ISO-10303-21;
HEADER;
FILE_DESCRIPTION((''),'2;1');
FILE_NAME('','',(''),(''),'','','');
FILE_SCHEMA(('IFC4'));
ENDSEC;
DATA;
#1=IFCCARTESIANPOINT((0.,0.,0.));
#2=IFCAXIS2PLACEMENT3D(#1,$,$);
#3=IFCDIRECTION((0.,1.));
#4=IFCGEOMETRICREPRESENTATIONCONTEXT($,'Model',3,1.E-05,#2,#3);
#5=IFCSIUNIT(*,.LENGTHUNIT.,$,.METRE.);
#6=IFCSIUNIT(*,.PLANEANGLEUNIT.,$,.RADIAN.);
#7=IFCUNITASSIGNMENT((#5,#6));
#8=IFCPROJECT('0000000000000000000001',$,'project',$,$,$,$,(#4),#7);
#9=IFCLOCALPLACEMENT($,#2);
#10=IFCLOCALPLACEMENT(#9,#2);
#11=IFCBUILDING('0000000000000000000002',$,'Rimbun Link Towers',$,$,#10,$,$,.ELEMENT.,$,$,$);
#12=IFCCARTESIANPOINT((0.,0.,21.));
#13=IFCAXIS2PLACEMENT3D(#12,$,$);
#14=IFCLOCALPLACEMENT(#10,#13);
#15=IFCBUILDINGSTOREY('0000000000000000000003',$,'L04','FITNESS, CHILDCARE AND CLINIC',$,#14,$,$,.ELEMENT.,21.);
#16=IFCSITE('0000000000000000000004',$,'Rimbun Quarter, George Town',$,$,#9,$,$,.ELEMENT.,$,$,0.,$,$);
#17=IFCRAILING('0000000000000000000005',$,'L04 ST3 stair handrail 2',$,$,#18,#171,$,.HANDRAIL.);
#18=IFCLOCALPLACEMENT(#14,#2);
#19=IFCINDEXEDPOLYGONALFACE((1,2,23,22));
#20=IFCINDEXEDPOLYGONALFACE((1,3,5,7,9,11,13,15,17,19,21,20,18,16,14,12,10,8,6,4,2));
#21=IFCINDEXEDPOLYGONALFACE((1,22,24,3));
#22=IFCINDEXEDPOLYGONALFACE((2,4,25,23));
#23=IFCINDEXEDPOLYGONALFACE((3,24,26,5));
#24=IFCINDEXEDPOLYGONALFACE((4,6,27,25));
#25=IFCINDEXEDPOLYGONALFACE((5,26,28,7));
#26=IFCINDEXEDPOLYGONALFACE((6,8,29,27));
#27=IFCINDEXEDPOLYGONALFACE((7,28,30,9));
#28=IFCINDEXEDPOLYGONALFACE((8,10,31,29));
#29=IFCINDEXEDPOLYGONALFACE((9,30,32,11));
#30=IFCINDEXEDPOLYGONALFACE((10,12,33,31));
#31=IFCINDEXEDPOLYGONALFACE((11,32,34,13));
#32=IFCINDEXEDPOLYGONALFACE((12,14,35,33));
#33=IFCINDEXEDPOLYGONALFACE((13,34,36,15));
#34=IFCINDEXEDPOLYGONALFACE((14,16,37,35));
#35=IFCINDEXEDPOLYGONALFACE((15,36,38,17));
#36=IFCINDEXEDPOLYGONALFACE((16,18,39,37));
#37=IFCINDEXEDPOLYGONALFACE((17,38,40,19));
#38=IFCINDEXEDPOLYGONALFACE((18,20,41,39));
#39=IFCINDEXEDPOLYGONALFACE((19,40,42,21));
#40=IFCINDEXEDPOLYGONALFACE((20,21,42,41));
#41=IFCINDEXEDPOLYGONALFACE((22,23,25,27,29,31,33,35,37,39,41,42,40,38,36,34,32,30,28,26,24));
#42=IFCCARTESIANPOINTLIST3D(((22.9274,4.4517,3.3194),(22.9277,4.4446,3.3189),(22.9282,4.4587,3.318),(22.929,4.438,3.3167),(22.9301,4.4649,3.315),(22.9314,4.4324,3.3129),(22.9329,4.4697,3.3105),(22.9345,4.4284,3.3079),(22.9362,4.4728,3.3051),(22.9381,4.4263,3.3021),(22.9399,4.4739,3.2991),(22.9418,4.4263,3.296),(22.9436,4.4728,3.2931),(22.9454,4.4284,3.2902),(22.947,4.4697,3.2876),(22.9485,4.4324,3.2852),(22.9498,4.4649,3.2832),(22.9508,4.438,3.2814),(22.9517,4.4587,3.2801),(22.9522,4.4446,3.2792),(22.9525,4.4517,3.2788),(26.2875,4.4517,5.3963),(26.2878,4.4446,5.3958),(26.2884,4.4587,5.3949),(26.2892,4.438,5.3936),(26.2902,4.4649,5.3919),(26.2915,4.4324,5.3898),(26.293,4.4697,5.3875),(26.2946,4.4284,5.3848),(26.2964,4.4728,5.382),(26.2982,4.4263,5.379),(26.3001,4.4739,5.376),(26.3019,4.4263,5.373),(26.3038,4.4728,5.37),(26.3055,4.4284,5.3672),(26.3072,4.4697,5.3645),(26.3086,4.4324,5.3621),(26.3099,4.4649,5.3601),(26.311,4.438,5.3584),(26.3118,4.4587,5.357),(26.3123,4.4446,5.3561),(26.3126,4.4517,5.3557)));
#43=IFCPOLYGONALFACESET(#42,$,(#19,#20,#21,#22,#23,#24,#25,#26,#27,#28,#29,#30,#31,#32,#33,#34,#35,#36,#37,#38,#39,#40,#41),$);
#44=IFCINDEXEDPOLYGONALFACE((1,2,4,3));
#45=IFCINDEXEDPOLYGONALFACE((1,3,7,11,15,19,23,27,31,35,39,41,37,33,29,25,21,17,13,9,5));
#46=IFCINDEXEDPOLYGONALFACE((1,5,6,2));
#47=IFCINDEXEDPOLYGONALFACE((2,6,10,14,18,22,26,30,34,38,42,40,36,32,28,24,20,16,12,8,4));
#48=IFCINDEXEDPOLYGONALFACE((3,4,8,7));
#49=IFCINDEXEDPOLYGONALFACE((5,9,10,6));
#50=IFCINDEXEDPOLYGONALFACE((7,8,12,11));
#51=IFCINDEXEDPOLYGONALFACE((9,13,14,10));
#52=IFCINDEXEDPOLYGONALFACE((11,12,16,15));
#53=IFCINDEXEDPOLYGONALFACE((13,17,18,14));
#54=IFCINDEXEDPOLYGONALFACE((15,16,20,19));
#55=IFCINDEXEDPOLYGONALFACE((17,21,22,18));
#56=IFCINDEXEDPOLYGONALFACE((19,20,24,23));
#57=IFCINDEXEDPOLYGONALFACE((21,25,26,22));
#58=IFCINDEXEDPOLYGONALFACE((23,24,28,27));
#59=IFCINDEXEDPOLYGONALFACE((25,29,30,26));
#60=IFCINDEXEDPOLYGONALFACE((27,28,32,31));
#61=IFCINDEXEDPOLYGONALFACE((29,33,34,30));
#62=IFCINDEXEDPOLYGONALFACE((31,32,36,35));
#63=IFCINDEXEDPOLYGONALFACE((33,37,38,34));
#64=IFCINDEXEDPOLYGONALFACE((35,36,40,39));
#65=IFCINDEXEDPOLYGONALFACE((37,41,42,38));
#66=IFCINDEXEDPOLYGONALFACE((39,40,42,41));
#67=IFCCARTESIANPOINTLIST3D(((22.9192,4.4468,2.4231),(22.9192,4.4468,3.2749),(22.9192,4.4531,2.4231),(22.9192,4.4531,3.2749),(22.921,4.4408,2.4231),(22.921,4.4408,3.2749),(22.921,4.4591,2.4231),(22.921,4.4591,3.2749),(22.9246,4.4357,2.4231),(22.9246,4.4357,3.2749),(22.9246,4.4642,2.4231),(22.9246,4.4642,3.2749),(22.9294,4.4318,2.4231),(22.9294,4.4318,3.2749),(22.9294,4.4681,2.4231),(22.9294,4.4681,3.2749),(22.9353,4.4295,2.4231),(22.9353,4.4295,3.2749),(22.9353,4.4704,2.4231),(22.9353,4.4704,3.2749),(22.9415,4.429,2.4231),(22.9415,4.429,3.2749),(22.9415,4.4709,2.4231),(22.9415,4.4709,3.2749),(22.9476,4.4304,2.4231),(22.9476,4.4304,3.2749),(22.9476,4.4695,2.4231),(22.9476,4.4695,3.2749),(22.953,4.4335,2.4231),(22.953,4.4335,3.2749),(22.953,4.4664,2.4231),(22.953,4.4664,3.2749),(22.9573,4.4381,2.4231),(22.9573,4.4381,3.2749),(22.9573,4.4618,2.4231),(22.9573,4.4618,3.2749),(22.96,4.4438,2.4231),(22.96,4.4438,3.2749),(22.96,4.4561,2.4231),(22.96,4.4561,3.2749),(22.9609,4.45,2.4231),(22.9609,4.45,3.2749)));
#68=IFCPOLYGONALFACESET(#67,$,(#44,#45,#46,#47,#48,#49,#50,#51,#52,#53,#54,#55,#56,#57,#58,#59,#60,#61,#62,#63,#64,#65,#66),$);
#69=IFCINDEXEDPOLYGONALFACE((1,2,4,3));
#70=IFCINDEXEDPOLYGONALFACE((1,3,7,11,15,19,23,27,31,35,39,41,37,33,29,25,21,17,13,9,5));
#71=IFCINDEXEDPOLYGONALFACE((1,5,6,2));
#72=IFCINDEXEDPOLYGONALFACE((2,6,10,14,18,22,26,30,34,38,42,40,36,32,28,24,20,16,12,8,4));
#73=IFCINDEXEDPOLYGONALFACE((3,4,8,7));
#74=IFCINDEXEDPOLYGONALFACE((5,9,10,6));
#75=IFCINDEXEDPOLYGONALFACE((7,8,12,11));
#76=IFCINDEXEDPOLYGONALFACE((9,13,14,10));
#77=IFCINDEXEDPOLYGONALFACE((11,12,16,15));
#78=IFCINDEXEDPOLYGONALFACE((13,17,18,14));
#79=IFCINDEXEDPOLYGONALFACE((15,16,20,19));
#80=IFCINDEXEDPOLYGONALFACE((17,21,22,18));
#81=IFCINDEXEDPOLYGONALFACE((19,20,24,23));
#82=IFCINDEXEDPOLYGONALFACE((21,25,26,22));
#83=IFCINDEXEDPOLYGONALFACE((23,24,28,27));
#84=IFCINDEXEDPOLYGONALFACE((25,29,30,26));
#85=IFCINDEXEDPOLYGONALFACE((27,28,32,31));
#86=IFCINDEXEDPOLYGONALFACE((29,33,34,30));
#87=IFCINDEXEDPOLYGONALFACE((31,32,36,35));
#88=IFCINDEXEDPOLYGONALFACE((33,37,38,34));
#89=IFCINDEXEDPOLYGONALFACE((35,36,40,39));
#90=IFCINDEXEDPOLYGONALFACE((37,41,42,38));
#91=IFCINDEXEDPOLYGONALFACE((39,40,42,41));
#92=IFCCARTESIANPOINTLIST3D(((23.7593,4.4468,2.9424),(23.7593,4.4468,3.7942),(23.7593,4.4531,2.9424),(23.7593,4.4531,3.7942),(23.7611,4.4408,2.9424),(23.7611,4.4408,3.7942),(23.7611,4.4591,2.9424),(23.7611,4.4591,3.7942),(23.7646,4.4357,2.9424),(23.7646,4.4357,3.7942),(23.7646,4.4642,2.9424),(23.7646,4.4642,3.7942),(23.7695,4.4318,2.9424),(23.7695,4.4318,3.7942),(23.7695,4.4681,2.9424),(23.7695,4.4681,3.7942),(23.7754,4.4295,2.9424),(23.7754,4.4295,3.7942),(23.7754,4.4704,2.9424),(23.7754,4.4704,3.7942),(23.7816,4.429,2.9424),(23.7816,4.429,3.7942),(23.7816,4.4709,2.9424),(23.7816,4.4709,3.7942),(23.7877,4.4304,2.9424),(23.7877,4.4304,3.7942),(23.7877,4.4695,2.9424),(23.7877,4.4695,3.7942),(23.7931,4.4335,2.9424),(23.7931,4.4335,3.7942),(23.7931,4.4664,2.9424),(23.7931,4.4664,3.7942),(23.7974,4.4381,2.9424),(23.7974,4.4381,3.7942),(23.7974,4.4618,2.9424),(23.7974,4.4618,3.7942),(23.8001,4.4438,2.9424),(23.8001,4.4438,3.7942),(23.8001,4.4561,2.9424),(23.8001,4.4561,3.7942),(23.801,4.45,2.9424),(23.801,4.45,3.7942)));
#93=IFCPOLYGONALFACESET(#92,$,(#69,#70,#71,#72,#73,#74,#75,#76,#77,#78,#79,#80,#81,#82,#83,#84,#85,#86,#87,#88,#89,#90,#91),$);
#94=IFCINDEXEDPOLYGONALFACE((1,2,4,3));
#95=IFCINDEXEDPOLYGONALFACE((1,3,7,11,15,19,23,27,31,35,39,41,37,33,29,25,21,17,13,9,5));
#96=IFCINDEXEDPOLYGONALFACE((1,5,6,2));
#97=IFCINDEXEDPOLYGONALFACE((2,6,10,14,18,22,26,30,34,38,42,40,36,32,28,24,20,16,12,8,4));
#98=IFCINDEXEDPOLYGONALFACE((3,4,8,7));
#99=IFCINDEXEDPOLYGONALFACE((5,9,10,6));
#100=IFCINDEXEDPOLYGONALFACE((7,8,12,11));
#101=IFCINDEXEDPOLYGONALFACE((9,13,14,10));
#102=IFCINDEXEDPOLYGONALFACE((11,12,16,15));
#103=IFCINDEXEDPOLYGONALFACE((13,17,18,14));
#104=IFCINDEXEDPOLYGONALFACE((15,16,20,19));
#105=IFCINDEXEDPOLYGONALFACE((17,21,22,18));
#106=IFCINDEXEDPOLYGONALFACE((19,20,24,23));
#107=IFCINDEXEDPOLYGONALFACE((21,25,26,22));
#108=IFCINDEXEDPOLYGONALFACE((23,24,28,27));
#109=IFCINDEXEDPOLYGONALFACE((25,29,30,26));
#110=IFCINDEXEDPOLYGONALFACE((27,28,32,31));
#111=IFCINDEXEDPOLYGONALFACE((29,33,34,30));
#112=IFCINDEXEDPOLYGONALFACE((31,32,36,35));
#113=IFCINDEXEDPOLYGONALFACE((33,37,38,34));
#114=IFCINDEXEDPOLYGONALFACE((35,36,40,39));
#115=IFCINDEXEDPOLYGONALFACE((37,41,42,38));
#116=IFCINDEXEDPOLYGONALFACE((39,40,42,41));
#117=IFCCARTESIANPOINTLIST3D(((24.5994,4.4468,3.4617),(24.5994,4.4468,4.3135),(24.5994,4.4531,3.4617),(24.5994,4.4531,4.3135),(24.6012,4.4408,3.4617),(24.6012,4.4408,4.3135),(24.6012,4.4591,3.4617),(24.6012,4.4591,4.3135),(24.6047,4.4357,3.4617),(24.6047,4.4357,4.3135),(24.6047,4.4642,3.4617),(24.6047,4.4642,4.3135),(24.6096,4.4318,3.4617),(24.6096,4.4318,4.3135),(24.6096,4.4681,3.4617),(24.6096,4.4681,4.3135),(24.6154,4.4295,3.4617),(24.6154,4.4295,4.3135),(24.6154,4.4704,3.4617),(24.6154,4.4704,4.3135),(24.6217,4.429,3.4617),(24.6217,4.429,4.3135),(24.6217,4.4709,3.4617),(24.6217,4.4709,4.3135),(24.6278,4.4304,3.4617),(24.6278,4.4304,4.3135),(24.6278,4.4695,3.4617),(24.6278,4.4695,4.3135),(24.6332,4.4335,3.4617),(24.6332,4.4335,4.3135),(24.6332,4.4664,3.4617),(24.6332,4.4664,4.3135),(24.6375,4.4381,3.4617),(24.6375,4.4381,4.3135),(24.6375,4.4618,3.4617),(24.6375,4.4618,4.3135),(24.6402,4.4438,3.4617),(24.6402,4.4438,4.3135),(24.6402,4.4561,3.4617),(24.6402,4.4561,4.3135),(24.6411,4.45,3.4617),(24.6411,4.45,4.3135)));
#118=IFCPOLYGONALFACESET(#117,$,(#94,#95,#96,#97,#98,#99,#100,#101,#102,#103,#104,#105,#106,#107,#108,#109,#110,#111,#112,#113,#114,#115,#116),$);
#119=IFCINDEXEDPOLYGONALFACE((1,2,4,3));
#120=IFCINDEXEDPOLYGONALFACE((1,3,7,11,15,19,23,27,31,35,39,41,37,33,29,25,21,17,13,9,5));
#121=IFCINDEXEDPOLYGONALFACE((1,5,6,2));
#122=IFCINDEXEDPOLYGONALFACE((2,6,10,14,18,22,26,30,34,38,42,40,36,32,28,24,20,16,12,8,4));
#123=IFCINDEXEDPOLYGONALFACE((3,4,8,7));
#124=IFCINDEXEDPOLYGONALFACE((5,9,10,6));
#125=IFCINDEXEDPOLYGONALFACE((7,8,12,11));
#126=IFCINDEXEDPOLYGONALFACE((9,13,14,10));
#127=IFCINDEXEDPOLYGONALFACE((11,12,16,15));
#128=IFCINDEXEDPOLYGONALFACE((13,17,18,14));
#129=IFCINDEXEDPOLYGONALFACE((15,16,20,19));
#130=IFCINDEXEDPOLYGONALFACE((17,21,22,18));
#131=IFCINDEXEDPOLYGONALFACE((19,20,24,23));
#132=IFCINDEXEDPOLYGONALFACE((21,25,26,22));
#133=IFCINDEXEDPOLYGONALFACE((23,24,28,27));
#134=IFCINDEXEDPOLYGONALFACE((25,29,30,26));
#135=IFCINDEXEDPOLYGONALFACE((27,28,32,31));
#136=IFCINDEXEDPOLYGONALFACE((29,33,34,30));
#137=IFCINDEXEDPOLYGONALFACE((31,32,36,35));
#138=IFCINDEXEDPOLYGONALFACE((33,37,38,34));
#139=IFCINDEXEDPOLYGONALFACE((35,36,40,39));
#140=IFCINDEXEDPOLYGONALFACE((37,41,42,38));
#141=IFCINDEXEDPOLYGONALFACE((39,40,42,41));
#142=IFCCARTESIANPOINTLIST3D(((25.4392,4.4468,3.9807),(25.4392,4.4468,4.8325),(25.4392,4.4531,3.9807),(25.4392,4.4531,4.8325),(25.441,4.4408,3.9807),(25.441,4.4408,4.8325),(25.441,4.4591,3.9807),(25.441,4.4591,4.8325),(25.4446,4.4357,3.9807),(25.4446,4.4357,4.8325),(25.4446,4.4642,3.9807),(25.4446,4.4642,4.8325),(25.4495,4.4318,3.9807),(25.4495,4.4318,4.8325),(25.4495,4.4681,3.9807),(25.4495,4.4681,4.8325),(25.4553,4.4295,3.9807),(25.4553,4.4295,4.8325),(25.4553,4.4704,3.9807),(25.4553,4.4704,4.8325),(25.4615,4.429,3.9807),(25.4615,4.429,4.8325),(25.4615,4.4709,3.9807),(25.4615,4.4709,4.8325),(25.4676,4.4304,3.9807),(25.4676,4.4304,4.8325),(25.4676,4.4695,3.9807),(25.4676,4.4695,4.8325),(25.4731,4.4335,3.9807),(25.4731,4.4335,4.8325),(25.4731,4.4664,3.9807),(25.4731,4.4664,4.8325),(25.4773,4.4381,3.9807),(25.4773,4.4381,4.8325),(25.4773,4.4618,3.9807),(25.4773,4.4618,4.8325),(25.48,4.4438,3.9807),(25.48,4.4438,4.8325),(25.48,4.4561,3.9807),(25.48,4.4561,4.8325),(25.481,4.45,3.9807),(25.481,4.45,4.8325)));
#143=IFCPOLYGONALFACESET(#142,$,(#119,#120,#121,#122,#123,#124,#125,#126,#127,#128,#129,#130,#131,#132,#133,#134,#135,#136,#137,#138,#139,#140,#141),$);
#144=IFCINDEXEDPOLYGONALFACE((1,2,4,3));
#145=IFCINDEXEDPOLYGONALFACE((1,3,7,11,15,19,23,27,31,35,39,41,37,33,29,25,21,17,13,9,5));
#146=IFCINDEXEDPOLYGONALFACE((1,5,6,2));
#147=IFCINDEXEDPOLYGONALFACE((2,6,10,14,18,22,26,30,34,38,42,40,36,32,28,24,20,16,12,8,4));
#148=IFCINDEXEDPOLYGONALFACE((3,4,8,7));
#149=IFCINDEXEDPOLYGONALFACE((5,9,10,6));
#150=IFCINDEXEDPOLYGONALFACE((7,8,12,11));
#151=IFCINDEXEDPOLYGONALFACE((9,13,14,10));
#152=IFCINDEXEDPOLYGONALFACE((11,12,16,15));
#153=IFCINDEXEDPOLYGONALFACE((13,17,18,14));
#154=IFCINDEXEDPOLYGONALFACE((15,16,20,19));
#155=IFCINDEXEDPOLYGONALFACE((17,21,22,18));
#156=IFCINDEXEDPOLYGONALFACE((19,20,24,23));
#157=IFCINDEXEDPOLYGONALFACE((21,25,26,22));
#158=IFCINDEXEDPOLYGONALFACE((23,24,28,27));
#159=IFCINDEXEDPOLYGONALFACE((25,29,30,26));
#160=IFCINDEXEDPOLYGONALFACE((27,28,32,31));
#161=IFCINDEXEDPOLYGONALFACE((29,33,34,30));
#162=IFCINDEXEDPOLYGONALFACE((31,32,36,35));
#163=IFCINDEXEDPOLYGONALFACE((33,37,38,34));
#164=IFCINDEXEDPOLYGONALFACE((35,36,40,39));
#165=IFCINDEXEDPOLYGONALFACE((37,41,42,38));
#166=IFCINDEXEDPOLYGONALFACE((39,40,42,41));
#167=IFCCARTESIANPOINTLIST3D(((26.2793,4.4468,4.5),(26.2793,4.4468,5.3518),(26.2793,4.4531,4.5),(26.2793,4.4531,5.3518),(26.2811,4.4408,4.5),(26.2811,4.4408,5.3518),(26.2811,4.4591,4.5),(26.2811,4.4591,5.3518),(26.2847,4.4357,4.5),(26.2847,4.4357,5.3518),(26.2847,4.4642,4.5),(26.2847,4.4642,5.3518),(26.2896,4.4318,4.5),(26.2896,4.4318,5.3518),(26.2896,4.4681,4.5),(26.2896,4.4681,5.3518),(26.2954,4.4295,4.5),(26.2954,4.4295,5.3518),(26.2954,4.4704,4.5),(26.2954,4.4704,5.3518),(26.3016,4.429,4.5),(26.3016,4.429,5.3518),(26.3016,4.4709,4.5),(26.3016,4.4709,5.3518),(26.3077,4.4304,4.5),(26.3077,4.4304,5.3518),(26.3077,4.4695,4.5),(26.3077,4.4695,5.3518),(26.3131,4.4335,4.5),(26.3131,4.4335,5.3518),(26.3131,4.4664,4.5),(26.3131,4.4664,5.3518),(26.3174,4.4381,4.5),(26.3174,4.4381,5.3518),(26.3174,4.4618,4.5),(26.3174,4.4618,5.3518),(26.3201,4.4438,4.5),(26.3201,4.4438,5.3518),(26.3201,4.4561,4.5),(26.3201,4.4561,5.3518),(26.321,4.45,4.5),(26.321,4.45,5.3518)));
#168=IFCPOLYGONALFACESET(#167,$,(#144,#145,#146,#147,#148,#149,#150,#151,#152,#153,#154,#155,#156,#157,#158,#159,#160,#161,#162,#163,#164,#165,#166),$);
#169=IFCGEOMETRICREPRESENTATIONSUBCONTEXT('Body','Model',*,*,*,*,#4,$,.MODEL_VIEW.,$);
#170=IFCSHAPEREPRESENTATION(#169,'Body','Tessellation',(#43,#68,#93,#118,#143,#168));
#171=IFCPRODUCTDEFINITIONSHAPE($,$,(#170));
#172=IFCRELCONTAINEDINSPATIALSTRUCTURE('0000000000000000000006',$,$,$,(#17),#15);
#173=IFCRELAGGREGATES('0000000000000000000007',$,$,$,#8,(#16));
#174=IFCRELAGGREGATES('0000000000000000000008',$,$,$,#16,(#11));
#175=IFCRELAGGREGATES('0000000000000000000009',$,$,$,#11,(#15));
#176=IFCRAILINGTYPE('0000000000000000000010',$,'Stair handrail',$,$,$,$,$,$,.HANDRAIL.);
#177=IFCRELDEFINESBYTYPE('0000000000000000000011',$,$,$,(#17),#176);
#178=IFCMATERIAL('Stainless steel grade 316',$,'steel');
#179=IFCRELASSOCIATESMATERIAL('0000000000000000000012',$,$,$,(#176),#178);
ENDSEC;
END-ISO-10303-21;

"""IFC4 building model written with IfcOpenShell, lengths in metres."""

from ifc_helpers import new_model, si_unit, direction, frame, origin, origin_2d, place, context, subcontext, project, spatial, circle, extrude, material, type_object, element, save


model = new_model("IFC4")

# Units and contexts
model_context = context("Model", 3, precision=1e-05, world=origin(), true_north=direction((0.0, 1.0)))
body_context = subcontext(model_context, "Body", "Model", "MODEL_VIEW")
ifc_project = project(units=[si_unit("LENGTHUNIT", "METRE"), si_unit("PLANEANGLEUNIT", "RADIAN")], contexts=[model_context])

# Site, building, storey
site_placement = place(None, origin())
site = spatial("IfcSite", under=ifc_project, at=site_placement, Name="Rimbun Quarter, George Town", CompositionType="ELEMENT", RefElevation=0.0)
building_placement = place(site_placement, origin())
building = spatial("IfcBuilding", under=site, at=building_placement, Name="Rimbun Link Towers", CompositionType="ELEMENT")
storey_placement = place(building_placement, frame((0.0, 0.0, 21.0)))
storey = spatial("IfcBuildingStorey", under=building, at=storey_placement, Name="L04", Description="FITNESS, CHILDCARE AND CLINIC", CompositionType="ELEMENT", Elevation=21.0)

# Railing
ifc_material_1 = material(Name="Stainless steel grade 316", Category="steel")
railing_type_1 = type_object("IfcRailingType", Name="Stair handrail", PredefinedType="HANDRAIL", material=ifc_material_1)
railing_1_placement = place(storey_placement, frame((22.9399, 4.45, 2.4231)))
element("IfcRailing", 1, at=railing_1_placement, inside=storey, type_object=railing_type_1, Name="L04 ST3 stair handrail 2", PredefinedType="HANDRAIL", context=body_context, shape_type="SweptSolid", body=[
    extrude(circle(Radius=0.0239, at=origin_2d()), frame((0.0, 0.0, 0.876), z_axis=(0.850623, 0.0, 0.525776), x_axis=(0.0, 1.0, 0.0)), (0.0, 0.0, 1.0), 3.9502),
    extrude(circle(Radius=0.021, at=origin_2d()), origin(), (0.0, 0.0, 1.0), 0.8518),
    extrude(circle(Radius=0.021, at=origin_2d()), frame((0.8401, 0.0, 0.5193)), (0.0, 0.0, 1.0), 0.8518),
    extrude(circle(Radius=0.021, at=origin_2d()), frame((1.6802, 0.0, 1.0386)), (0.0, 0.0, 1.0), 0.8518),
    extrude(circle(Radius=0.021, at=origin_2d()), frame((2.52, 0.0, 1.5576)), (0.0, 0.0, 1.0), 0.8518),
    extrude(circle(Radius=0.021, at=origin_2d()), frame((3.3601, 0.0, 2.0769)), (0.0, 0.0, 1.0), 0.8518),
])

save(model, "model.ifc")
